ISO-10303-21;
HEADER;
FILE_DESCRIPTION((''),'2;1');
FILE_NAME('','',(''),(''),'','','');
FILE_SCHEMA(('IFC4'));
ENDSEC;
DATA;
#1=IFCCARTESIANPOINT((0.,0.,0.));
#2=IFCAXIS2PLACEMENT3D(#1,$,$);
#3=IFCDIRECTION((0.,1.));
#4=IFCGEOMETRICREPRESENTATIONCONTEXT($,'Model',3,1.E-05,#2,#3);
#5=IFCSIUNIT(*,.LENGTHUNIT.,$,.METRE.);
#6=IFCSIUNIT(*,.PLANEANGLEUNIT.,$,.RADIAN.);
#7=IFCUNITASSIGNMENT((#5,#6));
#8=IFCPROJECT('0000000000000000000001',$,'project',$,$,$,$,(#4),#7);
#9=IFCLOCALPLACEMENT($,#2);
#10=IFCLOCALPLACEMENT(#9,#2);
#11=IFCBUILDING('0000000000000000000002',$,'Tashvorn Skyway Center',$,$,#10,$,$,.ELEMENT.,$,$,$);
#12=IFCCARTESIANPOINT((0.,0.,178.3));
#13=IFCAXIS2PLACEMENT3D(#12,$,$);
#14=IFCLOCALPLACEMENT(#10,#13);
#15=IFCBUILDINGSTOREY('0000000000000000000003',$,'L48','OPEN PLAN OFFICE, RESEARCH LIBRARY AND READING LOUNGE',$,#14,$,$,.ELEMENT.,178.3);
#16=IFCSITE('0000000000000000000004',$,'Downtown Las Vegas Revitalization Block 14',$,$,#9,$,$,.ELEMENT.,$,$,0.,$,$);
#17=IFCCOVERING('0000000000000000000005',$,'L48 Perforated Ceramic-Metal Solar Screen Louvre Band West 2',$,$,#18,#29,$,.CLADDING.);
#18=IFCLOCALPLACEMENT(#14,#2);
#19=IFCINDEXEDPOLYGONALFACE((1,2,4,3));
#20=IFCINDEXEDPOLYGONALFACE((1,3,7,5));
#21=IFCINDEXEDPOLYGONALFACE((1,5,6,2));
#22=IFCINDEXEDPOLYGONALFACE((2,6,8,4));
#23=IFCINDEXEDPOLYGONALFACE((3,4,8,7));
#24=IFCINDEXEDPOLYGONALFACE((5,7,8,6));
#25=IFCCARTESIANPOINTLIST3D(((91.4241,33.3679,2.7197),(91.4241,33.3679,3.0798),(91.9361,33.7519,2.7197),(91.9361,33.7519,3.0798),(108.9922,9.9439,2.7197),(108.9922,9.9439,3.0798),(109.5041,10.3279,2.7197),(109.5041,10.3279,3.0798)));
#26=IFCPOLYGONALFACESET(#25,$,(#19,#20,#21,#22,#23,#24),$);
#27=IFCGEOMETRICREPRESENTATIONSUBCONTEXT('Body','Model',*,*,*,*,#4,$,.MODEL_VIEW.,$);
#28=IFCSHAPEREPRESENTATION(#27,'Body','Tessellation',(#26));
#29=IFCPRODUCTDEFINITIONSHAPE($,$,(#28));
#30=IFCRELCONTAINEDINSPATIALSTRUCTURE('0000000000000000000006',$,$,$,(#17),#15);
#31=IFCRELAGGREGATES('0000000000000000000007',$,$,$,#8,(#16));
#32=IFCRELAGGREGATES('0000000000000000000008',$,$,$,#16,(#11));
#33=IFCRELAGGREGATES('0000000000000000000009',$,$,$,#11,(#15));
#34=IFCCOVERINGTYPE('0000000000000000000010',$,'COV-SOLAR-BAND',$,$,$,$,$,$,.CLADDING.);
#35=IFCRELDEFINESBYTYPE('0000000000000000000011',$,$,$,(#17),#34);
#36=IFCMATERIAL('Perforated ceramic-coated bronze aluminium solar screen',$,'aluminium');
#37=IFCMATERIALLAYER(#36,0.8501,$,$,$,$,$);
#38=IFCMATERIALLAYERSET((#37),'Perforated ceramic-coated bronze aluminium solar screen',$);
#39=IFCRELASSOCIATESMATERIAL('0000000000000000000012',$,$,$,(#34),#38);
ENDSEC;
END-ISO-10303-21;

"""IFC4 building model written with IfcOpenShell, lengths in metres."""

from ifc_helpers import new_model, si_unit, direction, frame, origin, origin_2d, place, context, subcontext, project, spatial, rectangle, extrude, material, layer, layer_set, type_object, element, save


model = new_model("IFC4")

# Units and contexts
model_context = context("Model", 3, precision=1e-05, world=origin(), true_north=direction((0.0, 1.0)))
body_context = subcontext(model_context, "Body", "Model", "MODEL_VIEW")
ifc_project = project(units=[si_unit("LENGTHUNIT", "METRE"), si_unit("PLANEANGLEUNIT", "RADIAN")], contexts=[model_context])

# Site, building, storey
site_placement = place(None, origin())
site = spatial("IfcSite", under=ifc_project, at=site_placement, Name="Downtown Las Vegas Revitalization Block 14", CompositionType="ELEMENT", RefElevation=0.0)
building_placement = place(site_placement, origin())
building = spatial("IfcBuilding", under=site, at=building_placement, Name="Tashvorn Skyway Center", CompositionType="ELEMENT")
storey_placement = place(building_placement, frame((0.0, 0.0, 178.3)))
storey = spatial("IfcBuildingStorey", under=building, at=storey_placement, Name="L48", Description="OPEN PLAN OFFICE, RESEARCH LIBRARY AND READING LOUNGE", CompositionType="ELEMENT", Elevation=178.3)

# Covering
ifc_material_1 = material(Name="Perforated ceramic-coated bronze aluminium solar screen", Category="aluminium")
ifc_layer_1 = layer(ifc_material_1, 0.8501)
ifc_layer_set_1 = layer_set([ifc_layer_1], Name="Perforated ceramic-coated bronze aluminium solar screen")
covering_type_1 = type_object("IfcCoveringType", Name="COV-SOLAR-BAND", PredefinedType="CLADDING", material=ifc_layer_set_1)
for number, where, z_axis, x_axis, name in (
    (1, (100.4641, 21.8479, 2.7197), (0.0, 0.0, 1.0), (-0.6, 0.8, 0.0), "L48 Perforated Ceramic-Metal Solar Screen Louvre Band West 2"),
):
    element("IfcCovering", number, at=place(storey_placement, frame(where, z_axis=z_axis, x_axis=x_axis)), inside=storey, type_object=covering_type_1, Name=name, PredefinedType="CLADDING", context=body_context, shape_type="SweptSolid", body=[
        extrude(rectangle(XDim=29.28, YDim=0.6399, at=origin_2d()), origin(), (0.0, 0.0, 1.0), 0.3601),
    ])

save(model, "model.ifc")
